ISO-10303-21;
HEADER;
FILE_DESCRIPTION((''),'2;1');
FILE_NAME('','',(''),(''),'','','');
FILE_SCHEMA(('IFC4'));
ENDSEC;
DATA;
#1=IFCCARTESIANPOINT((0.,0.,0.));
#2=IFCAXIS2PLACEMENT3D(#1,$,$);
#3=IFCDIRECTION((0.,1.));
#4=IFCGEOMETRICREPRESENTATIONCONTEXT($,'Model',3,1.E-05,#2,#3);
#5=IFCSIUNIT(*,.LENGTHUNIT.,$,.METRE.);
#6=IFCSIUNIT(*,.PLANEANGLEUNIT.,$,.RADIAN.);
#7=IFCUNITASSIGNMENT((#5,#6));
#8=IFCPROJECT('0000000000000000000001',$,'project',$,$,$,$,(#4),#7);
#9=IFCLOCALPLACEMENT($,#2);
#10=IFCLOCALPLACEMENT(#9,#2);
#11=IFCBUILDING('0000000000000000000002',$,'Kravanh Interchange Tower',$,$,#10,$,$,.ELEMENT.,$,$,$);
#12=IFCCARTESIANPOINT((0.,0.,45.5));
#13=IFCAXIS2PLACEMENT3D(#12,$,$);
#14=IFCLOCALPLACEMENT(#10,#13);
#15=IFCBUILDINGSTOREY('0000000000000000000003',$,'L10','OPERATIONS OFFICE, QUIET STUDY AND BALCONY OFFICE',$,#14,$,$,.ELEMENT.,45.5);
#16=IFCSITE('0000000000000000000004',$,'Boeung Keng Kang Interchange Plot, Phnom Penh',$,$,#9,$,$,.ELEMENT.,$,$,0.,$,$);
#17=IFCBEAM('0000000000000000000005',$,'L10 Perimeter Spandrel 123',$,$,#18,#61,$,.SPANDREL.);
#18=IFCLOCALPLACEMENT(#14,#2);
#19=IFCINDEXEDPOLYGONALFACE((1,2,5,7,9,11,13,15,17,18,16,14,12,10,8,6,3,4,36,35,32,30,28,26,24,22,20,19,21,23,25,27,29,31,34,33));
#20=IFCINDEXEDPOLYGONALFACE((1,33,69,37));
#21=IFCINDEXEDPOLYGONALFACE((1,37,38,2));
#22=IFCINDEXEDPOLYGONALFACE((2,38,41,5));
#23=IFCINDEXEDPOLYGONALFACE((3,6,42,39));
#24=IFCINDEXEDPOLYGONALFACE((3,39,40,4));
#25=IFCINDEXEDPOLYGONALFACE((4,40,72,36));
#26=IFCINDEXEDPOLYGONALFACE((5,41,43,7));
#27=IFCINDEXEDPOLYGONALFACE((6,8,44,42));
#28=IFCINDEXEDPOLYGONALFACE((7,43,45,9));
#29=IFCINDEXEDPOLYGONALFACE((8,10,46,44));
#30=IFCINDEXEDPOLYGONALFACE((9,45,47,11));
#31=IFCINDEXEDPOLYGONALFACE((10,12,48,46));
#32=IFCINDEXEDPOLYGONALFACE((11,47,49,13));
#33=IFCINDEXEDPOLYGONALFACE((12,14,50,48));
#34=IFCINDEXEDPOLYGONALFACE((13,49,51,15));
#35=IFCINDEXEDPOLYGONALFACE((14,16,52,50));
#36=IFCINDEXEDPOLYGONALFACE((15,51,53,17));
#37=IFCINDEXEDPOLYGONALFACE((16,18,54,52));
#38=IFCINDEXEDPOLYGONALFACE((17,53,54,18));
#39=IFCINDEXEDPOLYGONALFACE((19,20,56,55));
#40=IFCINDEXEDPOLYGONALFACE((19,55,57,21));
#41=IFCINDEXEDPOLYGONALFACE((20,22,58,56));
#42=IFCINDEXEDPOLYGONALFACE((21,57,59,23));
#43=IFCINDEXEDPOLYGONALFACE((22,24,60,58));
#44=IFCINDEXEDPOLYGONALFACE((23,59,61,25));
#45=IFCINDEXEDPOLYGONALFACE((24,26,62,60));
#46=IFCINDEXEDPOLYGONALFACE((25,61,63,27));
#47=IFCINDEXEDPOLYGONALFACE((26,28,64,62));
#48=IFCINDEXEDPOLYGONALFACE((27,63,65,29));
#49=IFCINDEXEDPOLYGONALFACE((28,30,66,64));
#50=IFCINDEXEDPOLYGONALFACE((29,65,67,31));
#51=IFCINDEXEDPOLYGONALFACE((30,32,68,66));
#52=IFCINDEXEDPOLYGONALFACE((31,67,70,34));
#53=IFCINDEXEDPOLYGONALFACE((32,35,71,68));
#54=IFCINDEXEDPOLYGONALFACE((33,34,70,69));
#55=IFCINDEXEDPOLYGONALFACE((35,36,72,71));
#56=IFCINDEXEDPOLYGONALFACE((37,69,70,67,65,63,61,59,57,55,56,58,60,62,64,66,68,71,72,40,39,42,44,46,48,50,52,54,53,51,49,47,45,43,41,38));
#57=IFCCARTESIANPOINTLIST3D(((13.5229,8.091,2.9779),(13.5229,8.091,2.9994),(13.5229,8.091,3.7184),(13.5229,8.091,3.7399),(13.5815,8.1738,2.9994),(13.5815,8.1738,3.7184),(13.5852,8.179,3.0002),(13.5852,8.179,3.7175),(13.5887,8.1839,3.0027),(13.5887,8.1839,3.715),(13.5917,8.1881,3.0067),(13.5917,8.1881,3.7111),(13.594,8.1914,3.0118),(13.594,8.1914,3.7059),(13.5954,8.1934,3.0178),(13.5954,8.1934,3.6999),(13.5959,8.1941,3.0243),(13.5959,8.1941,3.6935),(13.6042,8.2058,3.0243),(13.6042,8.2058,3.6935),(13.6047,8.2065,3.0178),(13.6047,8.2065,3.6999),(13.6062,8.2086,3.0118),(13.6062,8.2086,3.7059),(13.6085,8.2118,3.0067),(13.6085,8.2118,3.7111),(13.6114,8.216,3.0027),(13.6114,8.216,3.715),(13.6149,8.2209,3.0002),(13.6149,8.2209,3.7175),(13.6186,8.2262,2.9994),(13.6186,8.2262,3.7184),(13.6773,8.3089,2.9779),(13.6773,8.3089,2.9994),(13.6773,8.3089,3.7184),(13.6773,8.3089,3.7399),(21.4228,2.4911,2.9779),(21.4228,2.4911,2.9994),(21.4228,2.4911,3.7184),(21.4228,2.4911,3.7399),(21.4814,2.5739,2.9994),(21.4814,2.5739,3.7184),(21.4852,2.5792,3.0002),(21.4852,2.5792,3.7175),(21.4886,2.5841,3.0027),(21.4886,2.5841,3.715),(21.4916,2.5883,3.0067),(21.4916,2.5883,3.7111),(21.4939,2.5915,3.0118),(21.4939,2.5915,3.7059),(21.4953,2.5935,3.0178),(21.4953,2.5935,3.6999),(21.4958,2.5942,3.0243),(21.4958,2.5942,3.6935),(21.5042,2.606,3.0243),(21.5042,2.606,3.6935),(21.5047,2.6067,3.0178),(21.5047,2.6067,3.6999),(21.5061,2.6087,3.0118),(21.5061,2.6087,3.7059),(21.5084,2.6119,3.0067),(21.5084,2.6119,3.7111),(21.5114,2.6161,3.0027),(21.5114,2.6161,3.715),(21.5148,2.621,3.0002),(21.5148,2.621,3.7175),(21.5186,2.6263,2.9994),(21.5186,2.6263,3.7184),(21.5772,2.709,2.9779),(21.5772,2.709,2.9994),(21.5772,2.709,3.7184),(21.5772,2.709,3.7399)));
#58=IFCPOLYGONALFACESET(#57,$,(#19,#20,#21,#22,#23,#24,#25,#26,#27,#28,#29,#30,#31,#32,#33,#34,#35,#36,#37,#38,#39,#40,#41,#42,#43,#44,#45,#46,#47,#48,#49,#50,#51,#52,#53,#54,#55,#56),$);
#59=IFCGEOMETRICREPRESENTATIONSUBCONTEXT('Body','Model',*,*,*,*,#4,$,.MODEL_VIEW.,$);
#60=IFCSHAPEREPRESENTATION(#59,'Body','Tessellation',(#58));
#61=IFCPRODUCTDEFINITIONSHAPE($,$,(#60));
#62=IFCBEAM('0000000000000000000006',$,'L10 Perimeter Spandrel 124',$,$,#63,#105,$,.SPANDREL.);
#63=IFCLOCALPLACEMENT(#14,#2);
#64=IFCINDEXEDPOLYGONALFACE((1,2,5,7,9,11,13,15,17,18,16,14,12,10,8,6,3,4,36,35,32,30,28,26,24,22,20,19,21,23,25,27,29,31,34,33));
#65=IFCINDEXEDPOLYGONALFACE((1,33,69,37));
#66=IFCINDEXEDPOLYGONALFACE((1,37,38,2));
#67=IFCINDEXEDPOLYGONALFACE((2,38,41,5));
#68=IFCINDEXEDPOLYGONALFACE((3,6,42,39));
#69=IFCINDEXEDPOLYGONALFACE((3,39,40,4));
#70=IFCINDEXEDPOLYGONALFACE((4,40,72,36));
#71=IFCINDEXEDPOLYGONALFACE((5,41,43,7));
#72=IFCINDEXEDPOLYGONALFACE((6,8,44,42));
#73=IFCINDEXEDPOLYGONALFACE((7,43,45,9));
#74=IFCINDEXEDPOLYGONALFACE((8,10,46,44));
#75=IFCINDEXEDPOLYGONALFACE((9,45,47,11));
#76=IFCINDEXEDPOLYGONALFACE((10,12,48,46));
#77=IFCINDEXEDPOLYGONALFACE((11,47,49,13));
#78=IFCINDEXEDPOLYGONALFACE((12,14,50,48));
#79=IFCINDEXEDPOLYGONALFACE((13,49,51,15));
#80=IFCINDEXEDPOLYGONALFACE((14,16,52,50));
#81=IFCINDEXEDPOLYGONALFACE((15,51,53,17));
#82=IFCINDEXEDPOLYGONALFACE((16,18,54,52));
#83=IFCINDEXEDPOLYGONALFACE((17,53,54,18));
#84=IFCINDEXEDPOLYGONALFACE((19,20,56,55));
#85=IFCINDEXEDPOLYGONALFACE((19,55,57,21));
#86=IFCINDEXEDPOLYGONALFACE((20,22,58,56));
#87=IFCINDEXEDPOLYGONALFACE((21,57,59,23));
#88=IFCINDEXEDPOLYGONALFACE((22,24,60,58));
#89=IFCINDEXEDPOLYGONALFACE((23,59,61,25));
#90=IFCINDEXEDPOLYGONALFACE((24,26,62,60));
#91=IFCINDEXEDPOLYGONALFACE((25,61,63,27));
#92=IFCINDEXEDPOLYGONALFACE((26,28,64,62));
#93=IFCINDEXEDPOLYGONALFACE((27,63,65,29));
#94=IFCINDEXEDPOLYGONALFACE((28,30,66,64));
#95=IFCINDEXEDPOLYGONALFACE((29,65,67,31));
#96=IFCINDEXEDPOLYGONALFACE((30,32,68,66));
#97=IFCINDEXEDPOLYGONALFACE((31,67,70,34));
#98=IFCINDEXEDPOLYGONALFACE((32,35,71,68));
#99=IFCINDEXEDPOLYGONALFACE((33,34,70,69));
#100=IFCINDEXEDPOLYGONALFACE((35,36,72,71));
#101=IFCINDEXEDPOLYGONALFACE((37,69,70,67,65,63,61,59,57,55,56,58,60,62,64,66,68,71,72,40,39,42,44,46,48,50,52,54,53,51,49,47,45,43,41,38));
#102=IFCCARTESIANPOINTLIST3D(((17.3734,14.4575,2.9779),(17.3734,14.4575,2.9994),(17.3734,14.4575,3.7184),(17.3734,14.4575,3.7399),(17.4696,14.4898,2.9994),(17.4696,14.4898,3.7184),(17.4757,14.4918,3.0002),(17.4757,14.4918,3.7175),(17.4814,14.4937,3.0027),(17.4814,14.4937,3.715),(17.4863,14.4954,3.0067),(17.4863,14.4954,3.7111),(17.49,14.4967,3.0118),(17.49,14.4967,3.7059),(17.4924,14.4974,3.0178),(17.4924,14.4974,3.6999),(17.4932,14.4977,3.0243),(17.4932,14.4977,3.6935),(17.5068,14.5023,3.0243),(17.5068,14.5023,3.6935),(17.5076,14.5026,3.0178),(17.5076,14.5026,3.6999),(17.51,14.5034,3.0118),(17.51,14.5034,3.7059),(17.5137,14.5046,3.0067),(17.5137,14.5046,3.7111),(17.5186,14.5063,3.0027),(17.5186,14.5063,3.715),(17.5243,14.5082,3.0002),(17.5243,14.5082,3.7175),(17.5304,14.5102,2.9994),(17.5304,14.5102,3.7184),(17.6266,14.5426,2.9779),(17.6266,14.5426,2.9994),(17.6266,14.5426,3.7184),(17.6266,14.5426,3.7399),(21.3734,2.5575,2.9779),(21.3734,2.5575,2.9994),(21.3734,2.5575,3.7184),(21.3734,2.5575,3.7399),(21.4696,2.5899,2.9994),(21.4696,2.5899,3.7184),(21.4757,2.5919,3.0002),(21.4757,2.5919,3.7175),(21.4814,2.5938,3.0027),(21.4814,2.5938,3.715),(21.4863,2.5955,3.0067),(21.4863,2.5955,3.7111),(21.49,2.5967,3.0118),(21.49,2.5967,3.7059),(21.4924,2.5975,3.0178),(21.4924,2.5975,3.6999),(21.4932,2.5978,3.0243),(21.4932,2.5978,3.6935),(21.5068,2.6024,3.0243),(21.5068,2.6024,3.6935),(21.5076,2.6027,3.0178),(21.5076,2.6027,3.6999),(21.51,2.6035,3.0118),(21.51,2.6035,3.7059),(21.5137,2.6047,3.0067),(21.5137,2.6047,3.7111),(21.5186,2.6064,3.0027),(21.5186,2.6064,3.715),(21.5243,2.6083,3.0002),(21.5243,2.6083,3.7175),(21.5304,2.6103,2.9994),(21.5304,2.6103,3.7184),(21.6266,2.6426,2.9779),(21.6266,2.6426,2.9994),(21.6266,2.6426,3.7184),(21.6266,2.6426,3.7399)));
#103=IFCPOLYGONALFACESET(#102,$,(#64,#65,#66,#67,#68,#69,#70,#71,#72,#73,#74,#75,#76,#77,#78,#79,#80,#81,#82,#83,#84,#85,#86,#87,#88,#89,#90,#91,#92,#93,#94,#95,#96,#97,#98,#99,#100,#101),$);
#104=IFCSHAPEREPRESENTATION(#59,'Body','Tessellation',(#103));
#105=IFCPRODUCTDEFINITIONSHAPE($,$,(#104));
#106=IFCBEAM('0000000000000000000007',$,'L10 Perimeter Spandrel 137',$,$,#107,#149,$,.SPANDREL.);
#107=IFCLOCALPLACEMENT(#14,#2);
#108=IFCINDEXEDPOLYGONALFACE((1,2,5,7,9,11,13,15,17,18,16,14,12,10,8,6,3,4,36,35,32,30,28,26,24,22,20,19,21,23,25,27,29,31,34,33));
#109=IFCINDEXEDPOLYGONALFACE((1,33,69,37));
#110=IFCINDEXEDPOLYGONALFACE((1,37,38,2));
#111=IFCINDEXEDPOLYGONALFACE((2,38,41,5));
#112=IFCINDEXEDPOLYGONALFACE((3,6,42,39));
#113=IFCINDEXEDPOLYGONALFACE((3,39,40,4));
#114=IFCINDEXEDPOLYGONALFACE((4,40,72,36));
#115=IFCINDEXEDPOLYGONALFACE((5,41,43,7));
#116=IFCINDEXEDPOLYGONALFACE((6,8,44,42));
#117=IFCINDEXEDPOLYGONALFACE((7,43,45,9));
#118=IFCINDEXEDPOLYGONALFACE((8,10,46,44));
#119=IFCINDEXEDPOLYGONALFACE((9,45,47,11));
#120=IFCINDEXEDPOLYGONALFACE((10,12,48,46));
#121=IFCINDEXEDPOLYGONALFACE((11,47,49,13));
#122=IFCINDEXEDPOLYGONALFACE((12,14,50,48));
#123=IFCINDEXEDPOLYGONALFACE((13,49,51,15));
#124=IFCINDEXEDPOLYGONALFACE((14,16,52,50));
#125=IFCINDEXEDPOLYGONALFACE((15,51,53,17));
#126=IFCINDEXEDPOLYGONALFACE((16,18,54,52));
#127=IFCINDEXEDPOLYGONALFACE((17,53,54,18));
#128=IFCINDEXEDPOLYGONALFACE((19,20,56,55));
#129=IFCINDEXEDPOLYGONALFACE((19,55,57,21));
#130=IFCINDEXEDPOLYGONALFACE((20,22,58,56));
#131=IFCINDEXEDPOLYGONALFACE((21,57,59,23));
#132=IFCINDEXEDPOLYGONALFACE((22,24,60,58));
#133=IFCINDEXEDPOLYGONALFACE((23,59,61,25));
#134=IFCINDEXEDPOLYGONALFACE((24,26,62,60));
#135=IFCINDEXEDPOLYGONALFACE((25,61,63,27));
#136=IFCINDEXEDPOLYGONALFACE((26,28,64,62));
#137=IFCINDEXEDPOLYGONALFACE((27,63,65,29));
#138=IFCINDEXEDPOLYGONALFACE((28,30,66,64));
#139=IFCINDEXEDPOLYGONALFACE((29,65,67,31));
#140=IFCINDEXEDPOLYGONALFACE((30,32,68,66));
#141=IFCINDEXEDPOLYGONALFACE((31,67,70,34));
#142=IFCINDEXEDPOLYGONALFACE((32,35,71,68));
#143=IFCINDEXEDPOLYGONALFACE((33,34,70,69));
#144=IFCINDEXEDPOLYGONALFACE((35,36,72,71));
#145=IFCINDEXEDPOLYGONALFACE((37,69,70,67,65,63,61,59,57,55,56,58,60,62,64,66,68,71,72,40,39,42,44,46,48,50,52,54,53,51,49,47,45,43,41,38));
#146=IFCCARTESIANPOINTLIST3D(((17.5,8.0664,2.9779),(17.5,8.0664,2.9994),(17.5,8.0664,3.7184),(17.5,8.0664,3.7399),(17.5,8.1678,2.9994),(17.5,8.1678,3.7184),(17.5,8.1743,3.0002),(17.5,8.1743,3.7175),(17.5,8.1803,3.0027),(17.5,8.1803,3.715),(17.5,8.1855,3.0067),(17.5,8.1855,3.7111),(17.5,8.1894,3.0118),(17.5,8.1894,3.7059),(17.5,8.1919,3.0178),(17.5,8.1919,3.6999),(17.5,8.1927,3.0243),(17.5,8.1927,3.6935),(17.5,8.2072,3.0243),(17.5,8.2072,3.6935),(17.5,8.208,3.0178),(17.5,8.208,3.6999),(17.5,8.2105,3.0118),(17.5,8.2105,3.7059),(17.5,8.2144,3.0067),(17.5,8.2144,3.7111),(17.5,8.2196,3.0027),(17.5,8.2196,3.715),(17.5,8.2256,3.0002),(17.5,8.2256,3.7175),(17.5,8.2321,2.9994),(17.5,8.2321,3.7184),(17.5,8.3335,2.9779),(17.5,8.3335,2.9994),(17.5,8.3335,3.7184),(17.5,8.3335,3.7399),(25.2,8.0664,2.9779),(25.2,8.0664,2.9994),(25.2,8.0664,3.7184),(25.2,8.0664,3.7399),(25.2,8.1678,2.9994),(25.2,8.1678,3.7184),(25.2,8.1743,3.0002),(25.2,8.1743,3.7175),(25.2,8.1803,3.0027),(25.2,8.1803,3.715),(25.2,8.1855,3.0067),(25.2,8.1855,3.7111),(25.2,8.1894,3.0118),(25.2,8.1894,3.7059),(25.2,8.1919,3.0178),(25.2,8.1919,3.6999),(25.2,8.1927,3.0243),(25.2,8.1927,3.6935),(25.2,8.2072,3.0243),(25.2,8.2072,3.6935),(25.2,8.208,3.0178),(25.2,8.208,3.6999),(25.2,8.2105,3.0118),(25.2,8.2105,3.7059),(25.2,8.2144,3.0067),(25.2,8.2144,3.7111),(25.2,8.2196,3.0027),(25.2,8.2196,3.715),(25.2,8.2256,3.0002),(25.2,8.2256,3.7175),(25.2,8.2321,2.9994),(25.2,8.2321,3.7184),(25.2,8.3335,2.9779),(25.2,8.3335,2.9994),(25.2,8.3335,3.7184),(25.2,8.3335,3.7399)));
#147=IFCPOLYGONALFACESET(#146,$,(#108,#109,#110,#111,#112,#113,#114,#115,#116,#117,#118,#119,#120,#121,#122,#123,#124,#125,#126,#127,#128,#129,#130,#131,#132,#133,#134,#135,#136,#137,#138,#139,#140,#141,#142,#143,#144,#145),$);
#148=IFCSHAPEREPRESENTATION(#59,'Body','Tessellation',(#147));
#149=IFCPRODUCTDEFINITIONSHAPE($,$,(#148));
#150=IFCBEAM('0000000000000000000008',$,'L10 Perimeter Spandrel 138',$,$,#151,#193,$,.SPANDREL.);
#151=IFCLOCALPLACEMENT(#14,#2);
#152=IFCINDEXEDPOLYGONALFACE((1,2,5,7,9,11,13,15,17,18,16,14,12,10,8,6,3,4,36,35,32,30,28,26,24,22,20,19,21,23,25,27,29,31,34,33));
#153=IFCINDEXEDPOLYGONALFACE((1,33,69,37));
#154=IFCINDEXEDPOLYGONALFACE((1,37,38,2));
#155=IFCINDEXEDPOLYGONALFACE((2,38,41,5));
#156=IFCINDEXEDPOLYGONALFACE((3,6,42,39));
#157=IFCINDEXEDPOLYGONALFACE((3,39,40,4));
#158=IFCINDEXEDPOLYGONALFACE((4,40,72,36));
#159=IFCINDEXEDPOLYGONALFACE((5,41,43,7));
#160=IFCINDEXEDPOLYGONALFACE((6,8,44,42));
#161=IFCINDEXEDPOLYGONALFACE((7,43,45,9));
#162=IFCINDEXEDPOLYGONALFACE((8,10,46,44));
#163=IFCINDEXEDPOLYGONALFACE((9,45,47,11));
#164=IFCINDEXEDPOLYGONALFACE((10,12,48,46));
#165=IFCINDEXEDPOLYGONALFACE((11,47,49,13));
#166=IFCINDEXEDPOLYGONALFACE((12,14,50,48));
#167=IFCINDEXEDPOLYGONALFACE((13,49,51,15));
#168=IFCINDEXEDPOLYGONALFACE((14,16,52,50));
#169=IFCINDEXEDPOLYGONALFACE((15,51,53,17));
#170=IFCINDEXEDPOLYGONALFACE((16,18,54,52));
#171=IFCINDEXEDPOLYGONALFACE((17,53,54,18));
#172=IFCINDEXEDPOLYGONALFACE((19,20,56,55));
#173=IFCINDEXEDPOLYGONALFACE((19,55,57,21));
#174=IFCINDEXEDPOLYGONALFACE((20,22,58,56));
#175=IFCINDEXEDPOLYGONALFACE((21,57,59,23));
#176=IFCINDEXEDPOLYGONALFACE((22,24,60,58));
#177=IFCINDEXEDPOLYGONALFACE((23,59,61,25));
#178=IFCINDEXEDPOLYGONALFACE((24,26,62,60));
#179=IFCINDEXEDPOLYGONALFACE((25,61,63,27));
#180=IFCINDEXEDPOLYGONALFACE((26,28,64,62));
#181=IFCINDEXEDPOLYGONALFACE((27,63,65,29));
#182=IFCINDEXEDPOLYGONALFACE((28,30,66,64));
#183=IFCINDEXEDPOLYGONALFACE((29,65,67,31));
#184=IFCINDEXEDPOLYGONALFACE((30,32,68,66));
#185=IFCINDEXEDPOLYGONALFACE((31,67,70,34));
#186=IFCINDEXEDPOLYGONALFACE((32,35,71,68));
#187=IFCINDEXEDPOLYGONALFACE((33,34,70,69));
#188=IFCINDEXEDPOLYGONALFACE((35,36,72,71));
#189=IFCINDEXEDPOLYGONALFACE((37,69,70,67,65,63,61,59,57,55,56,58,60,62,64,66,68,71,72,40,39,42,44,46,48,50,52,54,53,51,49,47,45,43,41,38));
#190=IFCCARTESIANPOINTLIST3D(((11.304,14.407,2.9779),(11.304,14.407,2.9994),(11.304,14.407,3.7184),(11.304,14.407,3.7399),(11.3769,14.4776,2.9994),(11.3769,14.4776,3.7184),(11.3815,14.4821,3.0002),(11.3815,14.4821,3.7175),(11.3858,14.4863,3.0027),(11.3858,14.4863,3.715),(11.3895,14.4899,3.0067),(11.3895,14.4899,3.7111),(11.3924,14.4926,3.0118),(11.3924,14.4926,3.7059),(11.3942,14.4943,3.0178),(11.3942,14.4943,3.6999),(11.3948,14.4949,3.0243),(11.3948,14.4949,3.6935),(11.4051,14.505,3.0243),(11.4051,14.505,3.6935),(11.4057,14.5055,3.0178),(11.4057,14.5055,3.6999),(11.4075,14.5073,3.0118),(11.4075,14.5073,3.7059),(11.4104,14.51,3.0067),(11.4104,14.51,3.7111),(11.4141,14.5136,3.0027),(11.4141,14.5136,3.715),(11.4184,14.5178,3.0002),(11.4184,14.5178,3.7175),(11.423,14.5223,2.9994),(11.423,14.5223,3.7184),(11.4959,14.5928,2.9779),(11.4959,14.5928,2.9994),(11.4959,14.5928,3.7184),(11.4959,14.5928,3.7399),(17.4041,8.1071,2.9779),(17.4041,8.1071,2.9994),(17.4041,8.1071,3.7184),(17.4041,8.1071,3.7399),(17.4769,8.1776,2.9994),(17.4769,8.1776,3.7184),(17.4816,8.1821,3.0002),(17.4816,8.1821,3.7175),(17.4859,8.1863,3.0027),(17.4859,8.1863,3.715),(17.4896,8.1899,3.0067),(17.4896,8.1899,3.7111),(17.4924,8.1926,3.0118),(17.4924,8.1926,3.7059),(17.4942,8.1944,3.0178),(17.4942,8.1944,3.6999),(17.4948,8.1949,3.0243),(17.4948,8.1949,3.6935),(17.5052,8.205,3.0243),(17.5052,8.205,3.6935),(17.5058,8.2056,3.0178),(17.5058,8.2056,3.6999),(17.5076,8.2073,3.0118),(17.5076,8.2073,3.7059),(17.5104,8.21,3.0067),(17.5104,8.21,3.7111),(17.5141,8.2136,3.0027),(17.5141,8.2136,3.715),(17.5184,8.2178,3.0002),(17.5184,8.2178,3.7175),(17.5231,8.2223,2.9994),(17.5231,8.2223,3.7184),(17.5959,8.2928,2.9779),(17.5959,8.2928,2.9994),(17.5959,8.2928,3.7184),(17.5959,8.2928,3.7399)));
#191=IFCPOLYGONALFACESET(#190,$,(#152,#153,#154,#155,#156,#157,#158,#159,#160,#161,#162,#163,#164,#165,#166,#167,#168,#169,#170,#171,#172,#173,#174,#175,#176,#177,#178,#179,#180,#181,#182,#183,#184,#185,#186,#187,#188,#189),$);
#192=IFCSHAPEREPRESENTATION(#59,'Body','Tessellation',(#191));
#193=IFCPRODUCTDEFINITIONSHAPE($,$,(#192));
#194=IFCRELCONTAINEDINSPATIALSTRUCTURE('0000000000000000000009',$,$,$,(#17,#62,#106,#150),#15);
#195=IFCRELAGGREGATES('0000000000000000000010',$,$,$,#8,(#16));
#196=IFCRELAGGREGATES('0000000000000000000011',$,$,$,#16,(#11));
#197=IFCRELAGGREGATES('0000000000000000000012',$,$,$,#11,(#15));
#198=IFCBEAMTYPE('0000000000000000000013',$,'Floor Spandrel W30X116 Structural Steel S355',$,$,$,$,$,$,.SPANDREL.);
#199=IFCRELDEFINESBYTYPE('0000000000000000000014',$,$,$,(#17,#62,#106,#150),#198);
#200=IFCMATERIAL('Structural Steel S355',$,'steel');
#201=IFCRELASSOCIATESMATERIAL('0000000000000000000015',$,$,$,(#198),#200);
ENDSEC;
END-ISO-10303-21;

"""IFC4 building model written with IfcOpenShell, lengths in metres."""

from ifc_helpers import new_model, si_unit, direction, frame, origin, origin_2d, place, context, subcontext, project, spatial, i_section, extrude, material, material_profile, profile_set, type_object, element, save


model = new_model("IFC4")

# Units and contexts
model_context = context("Model", 3, precision=1e-05, world=origin(), true_north=direction((0.0, 1.0)))
body_context = subcontext(model_context, "Body", "Model", "MODEL_VIEW")
ifc_project = project(units=[si_unit("LENGTHUNIT", "METRE"), si_unit("PLANEANGLEUNIT", "RADIAN")], contexts=[model_context])

# Site, building, storey
site_placement = place(None, origin())
site = spatial("IfcSite", under=ifc_project, at=site_placement, Name="Boeung Keng Kang Interchange Plot, Phnom Penh", CompositionType="ELEMENT", RefElevation=0.0)
building_placement = place(site_placement, origin())
building = spatial("IfcBuilding", under=site, at=building_placement, Name="Kravanh Interchange Tower", CompositionType="ELEMENT")
storey_placement = place(building_placement, frame((0.0, 0.0, 45.5)))
storey = spatial("IfcBuildingStorey", under=building, at=storey_placement, Name="L10", Description="OPERATIONS OFFICE, QUIET STUDY AND BALCONY OFFICE", CompositionType="ELEMENT", Elevation=45.5)

# Beams
ifc_material_1 = material(Name="Structural Steel S355", Category="steel")
ifc_material_profile_1 = material_profile(ifc_material_1, i_section(OverallWidth=0.2671, OverallDepth=0.762, WebThickness=0.0144, FlangeThickness=0.0215, FilletRadius=0.0249, at=origin_2d()), Name="W30X116")
ifc_profile_set_1 = profile_set([ifc_material_profile_1], Name="Structural Steel S355")
beam_type_1 = type_object("IfcBeamType", Name="Floor Spandrel W30X116 Structural Steel S355", PredefinedType="SPANDREL", material=ifc_profile_set_1)
beam_1_placement = place(storey_placement, frame((21.5, 2.6001, 3.3589), z_axis=(-0.815825, 0.578299, 0.0), x_axis=(-0.578299, -0.815825, 0.0)))
element("IfcBeam", 1, at=beam_1_placement, inside=storey, type_object=beam_type_1, Name="L10 Perimeter Spandrel 123", PredefinedType="SPANDREL", context=body_context, shape_type="SweptSolid", body=[
    extrude(i_section(OverallWidth=0.2671, OverallDepth=0.762, WebThickness=0.0144, FlangeThickness=0.0215, FilletRadius=0.0249, at=origin_2d()), origin(), (0.0, 0.0, 1.0), 9.6833),
])
beam_2_placement = place(storey_placement, frame((21.5, 2.6001, 3.3589), z_axis=(-0.318619, 0.947883, 0.0), x_axis=(-0.947883, -0.318619, 0.0)))
element("IfcBeam", 2, at=beam_2_placement, inside=storey, type_object=beam_type_1, Name="L10 Perimeter Spandrel 124", PredefinedType="SPANDREL", context=body_context, shape_type="SweptSolid", body=[
    extrude(i_section(OverallWidth=0.2671, OverallDepth=0.762, WebThickness=0.0144, FlangeThickness=0.0215, FilletRadius=0.0249, at=origin_2d()), origin(), (0.0, 0.0, 1.0), 12.5542),
])
beam_3_placement = place(storey_placement, frame((17.5, 8.2, 3.3589), z_axis=(1.0, 0.0, 0.0), x_axis=(0.0, 1.0, 0.0)))
element("IfcBeam", 3, at=beam_3_placement, inside=storey, type_object=beam_type_1, Name="L10 Perimeter Spandrel 137", PredefinedType="SPANDREL", context=body_context, shape_type="SweptSolid", body=[
    extrude(i_section(OverallWidth=0.2671, OverallDepth=0.762, WebThickness=0.0144, FlangeThickness=0.0215, FilletRadius=0.0249, at=origin_2d()), origin(), (0.0, 0.0, 1.0), 7.7),
])
beam_4_placement = place(storey_placement, frame((17.5, 8.2, 3.3589), z_axis=(-0.695614, 0.718415, 0.0), x_axis=(-0.718415, -0.695614, 0.0)))
element("IfcBeam", 4, at=beam_4_placement, inside=storey, type_object=beam_type_1, Name="L10 Perimeter Spandrel 138", PredefinedType="SPANDREL", context=body_context, shape_type="SweptSolid", body=[
    extrude(i_section(OverallWidth=0.2671, OverallDepth=0.762, WebThickness=0.0144, FlangeThickness=0.0215, FilletRadius=0.0249, at=origin_2d()), origin(), (0.0, 0.0, 1.0), 8.7693),
])

save(model, "model.ifc")
